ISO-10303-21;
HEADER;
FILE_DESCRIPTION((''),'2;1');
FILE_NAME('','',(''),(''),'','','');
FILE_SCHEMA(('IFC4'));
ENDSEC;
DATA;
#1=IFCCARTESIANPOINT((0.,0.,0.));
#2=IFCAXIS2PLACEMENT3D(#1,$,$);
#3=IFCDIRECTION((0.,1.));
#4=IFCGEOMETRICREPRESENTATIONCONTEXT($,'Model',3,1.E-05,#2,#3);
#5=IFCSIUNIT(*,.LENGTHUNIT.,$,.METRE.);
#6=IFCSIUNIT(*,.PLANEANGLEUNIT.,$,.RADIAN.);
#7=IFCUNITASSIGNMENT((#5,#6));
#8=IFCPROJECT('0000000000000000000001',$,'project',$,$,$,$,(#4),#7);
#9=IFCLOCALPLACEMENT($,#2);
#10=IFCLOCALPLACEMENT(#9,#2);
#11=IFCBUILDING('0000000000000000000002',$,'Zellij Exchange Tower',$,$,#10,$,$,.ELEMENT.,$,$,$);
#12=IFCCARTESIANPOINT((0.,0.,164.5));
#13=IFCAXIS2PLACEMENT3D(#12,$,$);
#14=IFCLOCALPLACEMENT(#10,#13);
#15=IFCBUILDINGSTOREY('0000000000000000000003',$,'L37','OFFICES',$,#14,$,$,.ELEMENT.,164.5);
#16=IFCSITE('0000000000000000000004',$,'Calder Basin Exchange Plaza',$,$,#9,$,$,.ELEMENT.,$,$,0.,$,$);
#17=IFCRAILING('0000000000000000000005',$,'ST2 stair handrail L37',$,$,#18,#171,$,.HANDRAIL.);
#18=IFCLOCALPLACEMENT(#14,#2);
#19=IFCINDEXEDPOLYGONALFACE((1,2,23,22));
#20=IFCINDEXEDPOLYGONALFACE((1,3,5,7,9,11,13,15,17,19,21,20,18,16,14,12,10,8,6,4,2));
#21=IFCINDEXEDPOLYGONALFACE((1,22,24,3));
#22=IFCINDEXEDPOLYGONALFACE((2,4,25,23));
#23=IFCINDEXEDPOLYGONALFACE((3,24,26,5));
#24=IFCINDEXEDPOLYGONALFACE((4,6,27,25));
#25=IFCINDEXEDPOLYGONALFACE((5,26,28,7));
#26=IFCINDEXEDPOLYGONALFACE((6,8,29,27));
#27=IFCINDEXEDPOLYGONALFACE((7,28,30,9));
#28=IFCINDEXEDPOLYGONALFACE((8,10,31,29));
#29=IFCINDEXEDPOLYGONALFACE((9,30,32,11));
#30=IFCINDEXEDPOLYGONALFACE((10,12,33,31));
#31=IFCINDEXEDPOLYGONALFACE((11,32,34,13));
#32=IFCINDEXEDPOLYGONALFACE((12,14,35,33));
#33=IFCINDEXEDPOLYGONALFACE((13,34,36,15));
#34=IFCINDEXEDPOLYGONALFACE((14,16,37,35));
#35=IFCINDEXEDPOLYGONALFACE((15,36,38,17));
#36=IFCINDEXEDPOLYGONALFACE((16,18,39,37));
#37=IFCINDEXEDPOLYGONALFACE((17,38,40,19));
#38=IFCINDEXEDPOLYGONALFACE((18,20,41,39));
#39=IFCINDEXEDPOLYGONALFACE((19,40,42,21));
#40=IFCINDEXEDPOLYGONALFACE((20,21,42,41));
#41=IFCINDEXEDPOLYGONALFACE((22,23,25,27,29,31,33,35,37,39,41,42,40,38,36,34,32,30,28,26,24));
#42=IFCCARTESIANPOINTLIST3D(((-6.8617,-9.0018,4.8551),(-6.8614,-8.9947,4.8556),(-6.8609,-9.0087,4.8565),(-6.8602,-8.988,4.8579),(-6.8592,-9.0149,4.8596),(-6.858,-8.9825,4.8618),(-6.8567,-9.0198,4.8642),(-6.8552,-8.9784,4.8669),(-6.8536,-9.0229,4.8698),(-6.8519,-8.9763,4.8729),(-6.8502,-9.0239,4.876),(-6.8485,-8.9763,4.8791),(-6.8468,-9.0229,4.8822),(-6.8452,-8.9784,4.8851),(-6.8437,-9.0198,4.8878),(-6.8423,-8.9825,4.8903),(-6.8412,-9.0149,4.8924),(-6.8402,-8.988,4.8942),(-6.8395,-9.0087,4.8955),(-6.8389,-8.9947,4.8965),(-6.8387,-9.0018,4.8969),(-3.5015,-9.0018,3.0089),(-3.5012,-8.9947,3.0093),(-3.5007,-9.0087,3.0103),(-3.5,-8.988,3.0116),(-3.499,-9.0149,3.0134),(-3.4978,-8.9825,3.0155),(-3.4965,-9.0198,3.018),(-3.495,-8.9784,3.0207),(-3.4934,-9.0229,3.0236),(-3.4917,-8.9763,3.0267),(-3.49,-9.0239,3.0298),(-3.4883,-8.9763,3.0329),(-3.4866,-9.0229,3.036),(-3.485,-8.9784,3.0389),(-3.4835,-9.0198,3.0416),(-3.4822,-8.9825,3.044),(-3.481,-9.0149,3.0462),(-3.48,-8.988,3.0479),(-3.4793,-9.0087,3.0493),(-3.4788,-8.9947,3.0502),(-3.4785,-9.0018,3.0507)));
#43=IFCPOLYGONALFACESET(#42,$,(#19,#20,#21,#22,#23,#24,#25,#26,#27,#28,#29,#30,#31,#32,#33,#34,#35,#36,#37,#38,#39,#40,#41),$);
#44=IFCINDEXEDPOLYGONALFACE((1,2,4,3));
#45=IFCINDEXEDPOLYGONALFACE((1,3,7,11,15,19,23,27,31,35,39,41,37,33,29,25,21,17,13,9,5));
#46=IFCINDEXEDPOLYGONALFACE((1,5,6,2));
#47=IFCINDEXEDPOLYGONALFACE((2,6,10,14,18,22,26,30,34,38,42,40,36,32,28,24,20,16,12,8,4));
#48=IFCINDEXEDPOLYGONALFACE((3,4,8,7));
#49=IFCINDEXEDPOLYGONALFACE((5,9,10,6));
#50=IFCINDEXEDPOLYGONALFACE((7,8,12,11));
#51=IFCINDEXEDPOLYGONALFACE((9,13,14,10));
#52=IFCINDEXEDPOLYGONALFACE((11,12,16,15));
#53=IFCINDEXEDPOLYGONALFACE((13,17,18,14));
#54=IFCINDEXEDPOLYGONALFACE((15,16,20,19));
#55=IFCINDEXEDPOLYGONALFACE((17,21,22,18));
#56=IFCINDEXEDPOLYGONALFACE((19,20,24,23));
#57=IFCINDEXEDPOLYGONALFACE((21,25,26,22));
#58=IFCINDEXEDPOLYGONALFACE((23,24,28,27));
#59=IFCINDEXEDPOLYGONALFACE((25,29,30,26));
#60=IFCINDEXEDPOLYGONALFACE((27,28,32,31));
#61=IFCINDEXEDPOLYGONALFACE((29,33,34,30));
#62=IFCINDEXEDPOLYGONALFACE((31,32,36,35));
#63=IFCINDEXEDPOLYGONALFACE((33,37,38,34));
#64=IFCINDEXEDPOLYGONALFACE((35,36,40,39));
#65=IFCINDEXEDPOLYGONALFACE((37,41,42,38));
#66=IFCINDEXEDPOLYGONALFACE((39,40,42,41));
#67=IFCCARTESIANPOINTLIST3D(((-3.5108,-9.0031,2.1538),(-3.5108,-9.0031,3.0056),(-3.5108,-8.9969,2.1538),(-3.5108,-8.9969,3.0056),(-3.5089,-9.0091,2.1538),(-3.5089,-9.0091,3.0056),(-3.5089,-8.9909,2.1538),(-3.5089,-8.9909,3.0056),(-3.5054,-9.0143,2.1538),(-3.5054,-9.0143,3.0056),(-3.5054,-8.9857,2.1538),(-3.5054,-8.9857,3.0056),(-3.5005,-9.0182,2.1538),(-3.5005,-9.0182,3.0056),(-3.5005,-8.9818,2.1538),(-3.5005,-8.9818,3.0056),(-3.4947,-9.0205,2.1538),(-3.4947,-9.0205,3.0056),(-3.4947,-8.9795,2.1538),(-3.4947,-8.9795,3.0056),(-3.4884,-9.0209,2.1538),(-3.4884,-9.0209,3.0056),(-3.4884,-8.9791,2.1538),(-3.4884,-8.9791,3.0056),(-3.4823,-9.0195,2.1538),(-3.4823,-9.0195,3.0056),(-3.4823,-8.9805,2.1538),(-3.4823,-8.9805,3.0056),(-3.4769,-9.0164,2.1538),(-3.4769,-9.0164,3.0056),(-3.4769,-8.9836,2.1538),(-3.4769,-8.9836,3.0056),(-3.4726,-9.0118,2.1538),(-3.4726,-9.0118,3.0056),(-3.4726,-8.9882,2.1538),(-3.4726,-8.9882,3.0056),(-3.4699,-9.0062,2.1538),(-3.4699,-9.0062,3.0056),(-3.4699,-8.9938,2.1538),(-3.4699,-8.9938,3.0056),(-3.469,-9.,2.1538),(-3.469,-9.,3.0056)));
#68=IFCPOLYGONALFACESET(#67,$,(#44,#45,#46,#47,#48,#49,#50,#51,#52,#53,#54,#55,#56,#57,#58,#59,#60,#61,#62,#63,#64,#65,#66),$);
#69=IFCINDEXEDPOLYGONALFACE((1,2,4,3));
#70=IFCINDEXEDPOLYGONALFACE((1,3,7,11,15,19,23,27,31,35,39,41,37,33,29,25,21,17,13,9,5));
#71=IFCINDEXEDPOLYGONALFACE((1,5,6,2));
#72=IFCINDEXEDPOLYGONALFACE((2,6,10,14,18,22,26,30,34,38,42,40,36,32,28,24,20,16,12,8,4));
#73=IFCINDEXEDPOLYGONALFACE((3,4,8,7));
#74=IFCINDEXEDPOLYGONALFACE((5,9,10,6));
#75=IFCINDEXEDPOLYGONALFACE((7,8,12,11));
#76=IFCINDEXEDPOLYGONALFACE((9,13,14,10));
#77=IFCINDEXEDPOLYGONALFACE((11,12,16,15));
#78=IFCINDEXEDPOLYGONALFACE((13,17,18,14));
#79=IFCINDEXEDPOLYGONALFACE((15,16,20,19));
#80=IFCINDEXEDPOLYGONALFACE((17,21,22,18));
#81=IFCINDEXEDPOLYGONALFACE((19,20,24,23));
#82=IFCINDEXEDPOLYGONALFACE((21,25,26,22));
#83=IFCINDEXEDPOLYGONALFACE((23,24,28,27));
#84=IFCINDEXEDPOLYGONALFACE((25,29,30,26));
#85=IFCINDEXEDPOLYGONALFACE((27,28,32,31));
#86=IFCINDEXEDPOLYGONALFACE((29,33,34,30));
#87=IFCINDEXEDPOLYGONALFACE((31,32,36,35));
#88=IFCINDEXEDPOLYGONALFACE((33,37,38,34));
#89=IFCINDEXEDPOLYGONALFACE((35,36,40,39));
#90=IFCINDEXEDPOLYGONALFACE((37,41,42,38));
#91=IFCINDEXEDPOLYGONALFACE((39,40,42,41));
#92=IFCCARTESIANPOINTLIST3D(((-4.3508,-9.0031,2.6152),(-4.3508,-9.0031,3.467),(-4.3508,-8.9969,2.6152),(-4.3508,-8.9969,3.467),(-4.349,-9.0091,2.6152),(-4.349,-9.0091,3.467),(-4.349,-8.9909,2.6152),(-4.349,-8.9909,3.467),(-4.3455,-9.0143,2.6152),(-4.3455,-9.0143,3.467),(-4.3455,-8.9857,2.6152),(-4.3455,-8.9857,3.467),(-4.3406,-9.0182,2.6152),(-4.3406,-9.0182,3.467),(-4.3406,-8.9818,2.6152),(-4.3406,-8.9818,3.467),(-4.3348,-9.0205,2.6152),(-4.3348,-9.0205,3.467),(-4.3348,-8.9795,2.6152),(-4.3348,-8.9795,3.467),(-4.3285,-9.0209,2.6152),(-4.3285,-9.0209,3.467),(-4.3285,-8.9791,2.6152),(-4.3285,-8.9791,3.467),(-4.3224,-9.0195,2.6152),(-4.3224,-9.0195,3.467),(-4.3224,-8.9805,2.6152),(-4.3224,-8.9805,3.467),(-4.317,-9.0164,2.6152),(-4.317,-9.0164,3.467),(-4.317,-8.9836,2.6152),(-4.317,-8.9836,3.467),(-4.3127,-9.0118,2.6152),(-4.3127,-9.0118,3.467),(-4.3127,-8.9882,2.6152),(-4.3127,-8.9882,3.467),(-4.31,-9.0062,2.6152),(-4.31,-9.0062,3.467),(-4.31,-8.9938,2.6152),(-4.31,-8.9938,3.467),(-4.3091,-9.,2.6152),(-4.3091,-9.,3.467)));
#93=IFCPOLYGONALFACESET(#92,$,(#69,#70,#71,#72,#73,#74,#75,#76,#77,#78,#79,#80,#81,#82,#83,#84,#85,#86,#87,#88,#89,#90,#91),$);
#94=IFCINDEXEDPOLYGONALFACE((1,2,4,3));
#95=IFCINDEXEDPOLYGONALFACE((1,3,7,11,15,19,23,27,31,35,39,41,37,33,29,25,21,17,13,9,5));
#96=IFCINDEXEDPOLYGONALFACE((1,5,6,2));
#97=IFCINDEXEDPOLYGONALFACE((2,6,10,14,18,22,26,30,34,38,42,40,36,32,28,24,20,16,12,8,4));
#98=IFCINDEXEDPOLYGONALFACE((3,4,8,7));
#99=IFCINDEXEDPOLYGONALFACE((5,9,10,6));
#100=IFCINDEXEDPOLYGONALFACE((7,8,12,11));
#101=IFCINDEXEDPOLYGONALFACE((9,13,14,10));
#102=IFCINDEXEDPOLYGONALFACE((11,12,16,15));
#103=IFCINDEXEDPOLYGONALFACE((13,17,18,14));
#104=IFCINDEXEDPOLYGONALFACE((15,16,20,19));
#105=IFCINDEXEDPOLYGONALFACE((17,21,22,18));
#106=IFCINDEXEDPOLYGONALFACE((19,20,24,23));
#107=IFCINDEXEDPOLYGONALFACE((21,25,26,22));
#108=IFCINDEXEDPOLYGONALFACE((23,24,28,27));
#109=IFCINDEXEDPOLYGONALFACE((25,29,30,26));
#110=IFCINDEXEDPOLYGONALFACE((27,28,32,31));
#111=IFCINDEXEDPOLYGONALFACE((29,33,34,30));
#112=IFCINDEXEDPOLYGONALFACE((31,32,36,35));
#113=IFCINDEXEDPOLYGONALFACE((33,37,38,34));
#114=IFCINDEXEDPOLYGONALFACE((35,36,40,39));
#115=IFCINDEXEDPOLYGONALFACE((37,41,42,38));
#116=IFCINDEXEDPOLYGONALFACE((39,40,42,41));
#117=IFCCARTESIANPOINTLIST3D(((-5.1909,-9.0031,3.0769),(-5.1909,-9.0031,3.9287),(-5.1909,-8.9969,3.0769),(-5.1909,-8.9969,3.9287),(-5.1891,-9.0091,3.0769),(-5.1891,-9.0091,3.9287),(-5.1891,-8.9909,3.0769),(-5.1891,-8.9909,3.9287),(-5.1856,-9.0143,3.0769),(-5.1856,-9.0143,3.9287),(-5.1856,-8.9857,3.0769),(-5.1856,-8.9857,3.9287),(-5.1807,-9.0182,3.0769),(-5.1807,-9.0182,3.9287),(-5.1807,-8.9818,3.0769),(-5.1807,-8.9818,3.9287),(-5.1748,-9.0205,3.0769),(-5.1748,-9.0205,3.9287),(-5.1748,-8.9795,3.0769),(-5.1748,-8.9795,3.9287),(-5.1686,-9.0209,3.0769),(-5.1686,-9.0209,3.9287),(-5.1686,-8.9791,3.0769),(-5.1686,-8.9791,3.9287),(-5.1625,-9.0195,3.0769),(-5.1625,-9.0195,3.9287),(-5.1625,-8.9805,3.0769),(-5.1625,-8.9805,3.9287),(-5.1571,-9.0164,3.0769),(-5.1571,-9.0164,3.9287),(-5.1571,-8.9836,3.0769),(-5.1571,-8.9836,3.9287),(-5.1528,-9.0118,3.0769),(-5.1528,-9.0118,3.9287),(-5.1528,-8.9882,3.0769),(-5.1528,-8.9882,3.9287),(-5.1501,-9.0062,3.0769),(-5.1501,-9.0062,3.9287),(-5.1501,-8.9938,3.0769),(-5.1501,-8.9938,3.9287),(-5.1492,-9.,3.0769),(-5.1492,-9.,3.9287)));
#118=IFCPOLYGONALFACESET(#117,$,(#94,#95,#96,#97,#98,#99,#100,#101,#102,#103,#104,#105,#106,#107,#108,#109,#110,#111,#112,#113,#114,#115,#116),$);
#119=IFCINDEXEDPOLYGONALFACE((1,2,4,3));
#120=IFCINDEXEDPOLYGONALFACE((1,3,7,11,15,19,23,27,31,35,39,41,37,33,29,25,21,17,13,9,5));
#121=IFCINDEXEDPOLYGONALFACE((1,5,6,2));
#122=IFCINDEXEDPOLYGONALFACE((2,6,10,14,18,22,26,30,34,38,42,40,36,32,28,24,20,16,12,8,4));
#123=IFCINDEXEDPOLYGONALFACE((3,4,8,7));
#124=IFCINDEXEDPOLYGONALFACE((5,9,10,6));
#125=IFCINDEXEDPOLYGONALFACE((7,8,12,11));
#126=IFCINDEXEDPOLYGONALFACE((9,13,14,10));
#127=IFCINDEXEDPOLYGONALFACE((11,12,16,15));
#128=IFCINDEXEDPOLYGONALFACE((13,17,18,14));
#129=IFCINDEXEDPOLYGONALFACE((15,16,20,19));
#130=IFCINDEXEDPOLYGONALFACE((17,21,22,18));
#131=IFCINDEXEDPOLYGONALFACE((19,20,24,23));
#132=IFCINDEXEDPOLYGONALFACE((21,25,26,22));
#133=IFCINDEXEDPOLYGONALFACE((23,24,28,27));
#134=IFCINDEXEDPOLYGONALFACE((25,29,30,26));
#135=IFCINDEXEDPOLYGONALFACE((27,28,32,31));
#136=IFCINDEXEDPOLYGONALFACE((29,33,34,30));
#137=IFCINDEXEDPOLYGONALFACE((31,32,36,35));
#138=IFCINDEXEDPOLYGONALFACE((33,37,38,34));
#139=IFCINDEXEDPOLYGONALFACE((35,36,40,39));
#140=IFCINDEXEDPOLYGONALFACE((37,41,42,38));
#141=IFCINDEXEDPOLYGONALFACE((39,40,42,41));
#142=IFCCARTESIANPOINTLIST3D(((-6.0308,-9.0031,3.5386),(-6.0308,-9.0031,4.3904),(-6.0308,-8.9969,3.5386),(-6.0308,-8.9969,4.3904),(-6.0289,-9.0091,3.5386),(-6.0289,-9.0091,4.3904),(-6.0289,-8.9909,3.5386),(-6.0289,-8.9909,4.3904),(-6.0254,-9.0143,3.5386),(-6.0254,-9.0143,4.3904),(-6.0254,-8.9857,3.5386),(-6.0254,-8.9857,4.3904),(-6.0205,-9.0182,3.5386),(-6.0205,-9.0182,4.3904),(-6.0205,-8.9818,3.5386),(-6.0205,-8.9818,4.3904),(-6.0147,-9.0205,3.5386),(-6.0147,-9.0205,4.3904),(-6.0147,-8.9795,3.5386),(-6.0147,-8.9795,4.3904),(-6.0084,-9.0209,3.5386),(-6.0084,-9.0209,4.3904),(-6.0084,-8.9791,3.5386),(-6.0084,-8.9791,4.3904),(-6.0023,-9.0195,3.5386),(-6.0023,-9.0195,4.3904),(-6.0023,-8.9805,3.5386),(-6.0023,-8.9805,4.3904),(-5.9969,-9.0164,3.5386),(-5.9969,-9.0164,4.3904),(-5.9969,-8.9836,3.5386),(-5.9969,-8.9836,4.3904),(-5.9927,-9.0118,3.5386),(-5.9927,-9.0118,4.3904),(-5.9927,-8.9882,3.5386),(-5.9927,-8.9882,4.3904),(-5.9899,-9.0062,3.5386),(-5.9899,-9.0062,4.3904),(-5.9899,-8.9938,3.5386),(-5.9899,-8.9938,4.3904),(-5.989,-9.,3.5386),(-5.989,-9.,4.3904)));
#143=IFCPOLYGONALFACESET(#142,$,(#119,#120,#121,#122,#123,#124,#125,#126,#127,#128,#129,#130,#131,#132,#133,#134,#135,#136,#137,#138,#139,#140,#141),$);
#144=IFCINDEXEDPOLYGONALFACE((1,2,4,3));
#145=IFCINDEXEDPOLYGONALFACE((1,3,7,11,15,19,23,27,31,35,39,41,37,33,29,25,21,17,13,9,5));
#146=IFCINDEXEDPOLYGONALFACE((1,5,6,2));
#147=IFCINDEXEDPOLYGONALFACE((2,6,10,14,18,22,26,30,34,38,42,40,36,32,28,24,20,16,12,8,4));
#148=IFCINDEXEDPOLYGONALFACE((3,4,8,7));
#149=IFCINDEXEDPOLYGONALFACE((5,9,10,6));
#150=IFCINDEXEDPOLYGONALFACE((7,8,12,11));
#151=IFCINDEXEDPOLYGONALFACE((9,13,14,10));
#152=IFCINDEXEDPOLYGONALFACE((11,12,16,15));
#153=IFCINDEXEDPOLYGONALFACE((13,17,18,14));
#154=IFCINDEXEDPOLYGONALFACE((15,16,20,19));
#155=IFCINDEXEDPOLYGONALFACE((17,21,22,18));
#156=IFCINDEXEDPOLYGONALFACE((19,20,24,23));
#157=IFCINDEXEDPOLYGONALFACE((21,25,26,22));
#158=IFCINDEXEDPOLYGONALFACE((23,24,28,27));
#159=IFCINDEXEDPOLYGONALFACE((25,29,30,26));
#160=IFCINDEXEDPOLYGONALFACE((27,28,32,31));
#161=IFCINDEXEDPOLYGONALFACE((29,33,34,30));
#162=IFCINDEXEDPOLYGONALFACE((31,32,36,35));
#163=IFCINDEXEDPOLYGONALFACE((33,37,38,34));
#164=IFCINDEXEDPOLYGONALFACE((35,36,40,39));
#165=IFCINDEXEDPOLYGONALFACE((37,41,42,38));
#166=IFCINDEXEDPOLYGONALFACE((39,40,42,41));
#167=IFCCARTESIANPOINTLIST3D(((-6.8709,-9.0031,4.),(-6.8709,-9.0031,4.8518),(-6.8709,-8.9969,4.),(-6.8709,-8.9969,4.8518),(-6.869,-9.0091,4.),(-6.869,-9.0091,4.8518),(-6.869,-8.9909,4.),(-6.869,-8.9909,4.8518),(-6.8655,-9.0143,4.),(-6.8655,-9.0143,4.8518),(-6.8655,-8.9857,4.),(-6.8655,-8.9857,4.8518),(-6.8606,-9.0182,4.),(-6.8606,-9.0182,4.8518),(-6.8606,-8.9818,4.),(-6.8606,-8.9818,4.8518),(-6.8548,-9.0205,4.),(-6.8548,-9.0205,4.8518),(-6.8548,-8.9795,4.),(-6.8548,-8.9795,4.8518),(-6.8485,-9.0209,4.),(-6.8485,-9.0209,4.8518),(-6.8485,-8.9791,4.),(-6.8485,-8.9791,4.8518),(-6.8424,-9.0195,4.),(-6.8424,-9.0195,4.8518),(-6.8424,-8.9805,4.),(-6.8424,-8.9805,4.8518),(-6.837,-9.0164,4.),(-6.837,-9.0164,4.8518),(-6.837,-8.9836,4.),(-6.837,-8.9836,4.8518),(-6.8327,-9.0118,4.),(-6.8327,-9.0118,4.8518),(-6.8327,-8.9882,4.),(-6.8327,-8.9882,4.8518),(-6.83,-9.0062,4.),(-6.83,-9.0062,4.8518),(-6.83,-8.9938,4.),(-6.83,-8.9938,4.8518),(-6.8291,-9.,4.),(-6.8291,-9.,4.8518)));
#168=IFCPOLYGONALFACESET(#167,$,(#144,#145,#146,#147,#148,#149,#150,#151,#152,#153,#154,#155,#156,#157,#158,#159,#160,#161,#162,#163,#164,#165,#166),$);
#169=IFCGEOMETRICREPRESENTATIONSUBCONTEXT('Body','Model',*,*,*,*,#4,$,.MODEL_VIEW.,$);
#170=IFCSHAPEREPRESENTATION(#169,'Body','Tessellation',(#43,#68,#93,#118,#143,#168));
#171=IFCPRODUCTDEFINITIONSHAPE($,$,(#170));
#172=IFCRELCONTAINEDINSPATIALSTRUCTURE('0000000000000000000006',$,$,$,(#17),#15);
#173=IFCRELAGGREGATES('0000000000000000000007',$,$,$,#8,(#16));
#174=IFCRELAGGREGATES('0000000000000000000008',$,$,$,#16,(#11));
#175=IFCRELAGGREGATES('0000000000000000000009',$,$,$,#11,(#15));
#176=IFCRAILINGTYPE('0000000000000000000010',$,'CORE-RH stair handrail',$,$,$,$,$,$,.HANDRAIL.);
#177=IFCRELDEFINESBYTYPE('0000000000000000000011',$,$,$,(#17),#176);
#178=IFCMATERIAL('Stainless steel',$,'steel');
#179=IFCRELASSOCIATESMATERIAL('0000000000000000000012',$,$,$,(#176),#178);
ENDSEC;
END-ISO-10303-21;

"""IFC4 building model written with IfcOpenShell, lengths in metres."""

from ifc_helpers import new_model, si_unit, direction, frame, origin, origin_2d, place, context, subcontext, project, spatial, circle, extrude, material, type_object, element, save


model = new_model("IFC4")

# Units and contexts
model_context = context("Model", 3, precision=1e-05, world=origin(), true_north=direction((0.0, 1.0)))
body_context = subcontext(model_context, "Body", "Model", "MODEL_VIEW")
ifc_project = project(units=[si_unit("LENGTHUNIT", "METRE"), si_unit("PLANEANGLEUNIT", "RADIAN")], contexts=[model_context])

# Site, building, storey
site_placement = place(None, origin())
site = spatial("IfcSite", under=ifc_project, at=site_placement, Name="Calder Basin Exchange Plaza", CompositionType="ELEMENT", RefElevation=0.0)
building_placement = place(site_placement, origin())
building = spatial("IfcBuilding", under=site, at=building_placement, Name="Zellij Exchange Tower", CompositionType="ELEMENT")
storey_placement = place(building_placement, frame((0.0, 0.0, 164.5)))
storey = spatial("IfcBuildingStorey", under=building, at=storey_placement, Name="L37", Description="OFFICES", CompositionType="ELEMENT", Elevation=164.5)

# Railing
ifc_material_1 = material(Name="Stainless steel", Category="steel")
railing_type_1 = type_object("IfcRailingType", Name="CORE-RH stair handrail", PredefinedType="HANDRAIL", material=ifc_material_1)
railing_1_placement = place(storey_placement, frame((-3.49, -9.0, 2.1538)))
element("IfcRailing", 1, at=railing_1_placement, inside=storey, type_object=railing_type_1, Name="ST2 stair handrail L37", PredefinedType="HANDRAIL", context=body_context, shape_type="SweptSolid", body=[
    extrude(circle(Radius=0.0239, at=origin_2d()), frame((0.0, 0.0, 0.876), z_axis=(-0.876422, 0.0, 0.481545), x_axis=(0.0, -1.0, 0.0)), (0.0, 0.0, 1.0), 3.834),
    extrude(circle(Radius=0.021, at=origin_2d()), origin(), (0.0, 0.0, 1.0), 0.8518),
    extrude(circle(Radius=0.021, at=origin_2d()), frame((-0.8401, 0.0, 0.4614)), (0.0, 0.0, 1.0), 0.8518),
    extrude(circle(Radius=0.021, at=origin_2d()), frame((-1.6802, 0.0, 0.9231)), (0.0, 0.0, 1.0), 0.8518),
    extrude(circle(Radius=0.021, at=origin_2d()), frame((-2.52, 0.0, 1.3848)), (0.0, 0.0, 1.0), 0.8518),
    extrude(circle(Radius=0.021, at=origin_2d()), frame((-3.3601, 0.0, 1.8462)), (0.0, 0.0, 1.0), 0.8518),
])

save(model, "model.ifc")
